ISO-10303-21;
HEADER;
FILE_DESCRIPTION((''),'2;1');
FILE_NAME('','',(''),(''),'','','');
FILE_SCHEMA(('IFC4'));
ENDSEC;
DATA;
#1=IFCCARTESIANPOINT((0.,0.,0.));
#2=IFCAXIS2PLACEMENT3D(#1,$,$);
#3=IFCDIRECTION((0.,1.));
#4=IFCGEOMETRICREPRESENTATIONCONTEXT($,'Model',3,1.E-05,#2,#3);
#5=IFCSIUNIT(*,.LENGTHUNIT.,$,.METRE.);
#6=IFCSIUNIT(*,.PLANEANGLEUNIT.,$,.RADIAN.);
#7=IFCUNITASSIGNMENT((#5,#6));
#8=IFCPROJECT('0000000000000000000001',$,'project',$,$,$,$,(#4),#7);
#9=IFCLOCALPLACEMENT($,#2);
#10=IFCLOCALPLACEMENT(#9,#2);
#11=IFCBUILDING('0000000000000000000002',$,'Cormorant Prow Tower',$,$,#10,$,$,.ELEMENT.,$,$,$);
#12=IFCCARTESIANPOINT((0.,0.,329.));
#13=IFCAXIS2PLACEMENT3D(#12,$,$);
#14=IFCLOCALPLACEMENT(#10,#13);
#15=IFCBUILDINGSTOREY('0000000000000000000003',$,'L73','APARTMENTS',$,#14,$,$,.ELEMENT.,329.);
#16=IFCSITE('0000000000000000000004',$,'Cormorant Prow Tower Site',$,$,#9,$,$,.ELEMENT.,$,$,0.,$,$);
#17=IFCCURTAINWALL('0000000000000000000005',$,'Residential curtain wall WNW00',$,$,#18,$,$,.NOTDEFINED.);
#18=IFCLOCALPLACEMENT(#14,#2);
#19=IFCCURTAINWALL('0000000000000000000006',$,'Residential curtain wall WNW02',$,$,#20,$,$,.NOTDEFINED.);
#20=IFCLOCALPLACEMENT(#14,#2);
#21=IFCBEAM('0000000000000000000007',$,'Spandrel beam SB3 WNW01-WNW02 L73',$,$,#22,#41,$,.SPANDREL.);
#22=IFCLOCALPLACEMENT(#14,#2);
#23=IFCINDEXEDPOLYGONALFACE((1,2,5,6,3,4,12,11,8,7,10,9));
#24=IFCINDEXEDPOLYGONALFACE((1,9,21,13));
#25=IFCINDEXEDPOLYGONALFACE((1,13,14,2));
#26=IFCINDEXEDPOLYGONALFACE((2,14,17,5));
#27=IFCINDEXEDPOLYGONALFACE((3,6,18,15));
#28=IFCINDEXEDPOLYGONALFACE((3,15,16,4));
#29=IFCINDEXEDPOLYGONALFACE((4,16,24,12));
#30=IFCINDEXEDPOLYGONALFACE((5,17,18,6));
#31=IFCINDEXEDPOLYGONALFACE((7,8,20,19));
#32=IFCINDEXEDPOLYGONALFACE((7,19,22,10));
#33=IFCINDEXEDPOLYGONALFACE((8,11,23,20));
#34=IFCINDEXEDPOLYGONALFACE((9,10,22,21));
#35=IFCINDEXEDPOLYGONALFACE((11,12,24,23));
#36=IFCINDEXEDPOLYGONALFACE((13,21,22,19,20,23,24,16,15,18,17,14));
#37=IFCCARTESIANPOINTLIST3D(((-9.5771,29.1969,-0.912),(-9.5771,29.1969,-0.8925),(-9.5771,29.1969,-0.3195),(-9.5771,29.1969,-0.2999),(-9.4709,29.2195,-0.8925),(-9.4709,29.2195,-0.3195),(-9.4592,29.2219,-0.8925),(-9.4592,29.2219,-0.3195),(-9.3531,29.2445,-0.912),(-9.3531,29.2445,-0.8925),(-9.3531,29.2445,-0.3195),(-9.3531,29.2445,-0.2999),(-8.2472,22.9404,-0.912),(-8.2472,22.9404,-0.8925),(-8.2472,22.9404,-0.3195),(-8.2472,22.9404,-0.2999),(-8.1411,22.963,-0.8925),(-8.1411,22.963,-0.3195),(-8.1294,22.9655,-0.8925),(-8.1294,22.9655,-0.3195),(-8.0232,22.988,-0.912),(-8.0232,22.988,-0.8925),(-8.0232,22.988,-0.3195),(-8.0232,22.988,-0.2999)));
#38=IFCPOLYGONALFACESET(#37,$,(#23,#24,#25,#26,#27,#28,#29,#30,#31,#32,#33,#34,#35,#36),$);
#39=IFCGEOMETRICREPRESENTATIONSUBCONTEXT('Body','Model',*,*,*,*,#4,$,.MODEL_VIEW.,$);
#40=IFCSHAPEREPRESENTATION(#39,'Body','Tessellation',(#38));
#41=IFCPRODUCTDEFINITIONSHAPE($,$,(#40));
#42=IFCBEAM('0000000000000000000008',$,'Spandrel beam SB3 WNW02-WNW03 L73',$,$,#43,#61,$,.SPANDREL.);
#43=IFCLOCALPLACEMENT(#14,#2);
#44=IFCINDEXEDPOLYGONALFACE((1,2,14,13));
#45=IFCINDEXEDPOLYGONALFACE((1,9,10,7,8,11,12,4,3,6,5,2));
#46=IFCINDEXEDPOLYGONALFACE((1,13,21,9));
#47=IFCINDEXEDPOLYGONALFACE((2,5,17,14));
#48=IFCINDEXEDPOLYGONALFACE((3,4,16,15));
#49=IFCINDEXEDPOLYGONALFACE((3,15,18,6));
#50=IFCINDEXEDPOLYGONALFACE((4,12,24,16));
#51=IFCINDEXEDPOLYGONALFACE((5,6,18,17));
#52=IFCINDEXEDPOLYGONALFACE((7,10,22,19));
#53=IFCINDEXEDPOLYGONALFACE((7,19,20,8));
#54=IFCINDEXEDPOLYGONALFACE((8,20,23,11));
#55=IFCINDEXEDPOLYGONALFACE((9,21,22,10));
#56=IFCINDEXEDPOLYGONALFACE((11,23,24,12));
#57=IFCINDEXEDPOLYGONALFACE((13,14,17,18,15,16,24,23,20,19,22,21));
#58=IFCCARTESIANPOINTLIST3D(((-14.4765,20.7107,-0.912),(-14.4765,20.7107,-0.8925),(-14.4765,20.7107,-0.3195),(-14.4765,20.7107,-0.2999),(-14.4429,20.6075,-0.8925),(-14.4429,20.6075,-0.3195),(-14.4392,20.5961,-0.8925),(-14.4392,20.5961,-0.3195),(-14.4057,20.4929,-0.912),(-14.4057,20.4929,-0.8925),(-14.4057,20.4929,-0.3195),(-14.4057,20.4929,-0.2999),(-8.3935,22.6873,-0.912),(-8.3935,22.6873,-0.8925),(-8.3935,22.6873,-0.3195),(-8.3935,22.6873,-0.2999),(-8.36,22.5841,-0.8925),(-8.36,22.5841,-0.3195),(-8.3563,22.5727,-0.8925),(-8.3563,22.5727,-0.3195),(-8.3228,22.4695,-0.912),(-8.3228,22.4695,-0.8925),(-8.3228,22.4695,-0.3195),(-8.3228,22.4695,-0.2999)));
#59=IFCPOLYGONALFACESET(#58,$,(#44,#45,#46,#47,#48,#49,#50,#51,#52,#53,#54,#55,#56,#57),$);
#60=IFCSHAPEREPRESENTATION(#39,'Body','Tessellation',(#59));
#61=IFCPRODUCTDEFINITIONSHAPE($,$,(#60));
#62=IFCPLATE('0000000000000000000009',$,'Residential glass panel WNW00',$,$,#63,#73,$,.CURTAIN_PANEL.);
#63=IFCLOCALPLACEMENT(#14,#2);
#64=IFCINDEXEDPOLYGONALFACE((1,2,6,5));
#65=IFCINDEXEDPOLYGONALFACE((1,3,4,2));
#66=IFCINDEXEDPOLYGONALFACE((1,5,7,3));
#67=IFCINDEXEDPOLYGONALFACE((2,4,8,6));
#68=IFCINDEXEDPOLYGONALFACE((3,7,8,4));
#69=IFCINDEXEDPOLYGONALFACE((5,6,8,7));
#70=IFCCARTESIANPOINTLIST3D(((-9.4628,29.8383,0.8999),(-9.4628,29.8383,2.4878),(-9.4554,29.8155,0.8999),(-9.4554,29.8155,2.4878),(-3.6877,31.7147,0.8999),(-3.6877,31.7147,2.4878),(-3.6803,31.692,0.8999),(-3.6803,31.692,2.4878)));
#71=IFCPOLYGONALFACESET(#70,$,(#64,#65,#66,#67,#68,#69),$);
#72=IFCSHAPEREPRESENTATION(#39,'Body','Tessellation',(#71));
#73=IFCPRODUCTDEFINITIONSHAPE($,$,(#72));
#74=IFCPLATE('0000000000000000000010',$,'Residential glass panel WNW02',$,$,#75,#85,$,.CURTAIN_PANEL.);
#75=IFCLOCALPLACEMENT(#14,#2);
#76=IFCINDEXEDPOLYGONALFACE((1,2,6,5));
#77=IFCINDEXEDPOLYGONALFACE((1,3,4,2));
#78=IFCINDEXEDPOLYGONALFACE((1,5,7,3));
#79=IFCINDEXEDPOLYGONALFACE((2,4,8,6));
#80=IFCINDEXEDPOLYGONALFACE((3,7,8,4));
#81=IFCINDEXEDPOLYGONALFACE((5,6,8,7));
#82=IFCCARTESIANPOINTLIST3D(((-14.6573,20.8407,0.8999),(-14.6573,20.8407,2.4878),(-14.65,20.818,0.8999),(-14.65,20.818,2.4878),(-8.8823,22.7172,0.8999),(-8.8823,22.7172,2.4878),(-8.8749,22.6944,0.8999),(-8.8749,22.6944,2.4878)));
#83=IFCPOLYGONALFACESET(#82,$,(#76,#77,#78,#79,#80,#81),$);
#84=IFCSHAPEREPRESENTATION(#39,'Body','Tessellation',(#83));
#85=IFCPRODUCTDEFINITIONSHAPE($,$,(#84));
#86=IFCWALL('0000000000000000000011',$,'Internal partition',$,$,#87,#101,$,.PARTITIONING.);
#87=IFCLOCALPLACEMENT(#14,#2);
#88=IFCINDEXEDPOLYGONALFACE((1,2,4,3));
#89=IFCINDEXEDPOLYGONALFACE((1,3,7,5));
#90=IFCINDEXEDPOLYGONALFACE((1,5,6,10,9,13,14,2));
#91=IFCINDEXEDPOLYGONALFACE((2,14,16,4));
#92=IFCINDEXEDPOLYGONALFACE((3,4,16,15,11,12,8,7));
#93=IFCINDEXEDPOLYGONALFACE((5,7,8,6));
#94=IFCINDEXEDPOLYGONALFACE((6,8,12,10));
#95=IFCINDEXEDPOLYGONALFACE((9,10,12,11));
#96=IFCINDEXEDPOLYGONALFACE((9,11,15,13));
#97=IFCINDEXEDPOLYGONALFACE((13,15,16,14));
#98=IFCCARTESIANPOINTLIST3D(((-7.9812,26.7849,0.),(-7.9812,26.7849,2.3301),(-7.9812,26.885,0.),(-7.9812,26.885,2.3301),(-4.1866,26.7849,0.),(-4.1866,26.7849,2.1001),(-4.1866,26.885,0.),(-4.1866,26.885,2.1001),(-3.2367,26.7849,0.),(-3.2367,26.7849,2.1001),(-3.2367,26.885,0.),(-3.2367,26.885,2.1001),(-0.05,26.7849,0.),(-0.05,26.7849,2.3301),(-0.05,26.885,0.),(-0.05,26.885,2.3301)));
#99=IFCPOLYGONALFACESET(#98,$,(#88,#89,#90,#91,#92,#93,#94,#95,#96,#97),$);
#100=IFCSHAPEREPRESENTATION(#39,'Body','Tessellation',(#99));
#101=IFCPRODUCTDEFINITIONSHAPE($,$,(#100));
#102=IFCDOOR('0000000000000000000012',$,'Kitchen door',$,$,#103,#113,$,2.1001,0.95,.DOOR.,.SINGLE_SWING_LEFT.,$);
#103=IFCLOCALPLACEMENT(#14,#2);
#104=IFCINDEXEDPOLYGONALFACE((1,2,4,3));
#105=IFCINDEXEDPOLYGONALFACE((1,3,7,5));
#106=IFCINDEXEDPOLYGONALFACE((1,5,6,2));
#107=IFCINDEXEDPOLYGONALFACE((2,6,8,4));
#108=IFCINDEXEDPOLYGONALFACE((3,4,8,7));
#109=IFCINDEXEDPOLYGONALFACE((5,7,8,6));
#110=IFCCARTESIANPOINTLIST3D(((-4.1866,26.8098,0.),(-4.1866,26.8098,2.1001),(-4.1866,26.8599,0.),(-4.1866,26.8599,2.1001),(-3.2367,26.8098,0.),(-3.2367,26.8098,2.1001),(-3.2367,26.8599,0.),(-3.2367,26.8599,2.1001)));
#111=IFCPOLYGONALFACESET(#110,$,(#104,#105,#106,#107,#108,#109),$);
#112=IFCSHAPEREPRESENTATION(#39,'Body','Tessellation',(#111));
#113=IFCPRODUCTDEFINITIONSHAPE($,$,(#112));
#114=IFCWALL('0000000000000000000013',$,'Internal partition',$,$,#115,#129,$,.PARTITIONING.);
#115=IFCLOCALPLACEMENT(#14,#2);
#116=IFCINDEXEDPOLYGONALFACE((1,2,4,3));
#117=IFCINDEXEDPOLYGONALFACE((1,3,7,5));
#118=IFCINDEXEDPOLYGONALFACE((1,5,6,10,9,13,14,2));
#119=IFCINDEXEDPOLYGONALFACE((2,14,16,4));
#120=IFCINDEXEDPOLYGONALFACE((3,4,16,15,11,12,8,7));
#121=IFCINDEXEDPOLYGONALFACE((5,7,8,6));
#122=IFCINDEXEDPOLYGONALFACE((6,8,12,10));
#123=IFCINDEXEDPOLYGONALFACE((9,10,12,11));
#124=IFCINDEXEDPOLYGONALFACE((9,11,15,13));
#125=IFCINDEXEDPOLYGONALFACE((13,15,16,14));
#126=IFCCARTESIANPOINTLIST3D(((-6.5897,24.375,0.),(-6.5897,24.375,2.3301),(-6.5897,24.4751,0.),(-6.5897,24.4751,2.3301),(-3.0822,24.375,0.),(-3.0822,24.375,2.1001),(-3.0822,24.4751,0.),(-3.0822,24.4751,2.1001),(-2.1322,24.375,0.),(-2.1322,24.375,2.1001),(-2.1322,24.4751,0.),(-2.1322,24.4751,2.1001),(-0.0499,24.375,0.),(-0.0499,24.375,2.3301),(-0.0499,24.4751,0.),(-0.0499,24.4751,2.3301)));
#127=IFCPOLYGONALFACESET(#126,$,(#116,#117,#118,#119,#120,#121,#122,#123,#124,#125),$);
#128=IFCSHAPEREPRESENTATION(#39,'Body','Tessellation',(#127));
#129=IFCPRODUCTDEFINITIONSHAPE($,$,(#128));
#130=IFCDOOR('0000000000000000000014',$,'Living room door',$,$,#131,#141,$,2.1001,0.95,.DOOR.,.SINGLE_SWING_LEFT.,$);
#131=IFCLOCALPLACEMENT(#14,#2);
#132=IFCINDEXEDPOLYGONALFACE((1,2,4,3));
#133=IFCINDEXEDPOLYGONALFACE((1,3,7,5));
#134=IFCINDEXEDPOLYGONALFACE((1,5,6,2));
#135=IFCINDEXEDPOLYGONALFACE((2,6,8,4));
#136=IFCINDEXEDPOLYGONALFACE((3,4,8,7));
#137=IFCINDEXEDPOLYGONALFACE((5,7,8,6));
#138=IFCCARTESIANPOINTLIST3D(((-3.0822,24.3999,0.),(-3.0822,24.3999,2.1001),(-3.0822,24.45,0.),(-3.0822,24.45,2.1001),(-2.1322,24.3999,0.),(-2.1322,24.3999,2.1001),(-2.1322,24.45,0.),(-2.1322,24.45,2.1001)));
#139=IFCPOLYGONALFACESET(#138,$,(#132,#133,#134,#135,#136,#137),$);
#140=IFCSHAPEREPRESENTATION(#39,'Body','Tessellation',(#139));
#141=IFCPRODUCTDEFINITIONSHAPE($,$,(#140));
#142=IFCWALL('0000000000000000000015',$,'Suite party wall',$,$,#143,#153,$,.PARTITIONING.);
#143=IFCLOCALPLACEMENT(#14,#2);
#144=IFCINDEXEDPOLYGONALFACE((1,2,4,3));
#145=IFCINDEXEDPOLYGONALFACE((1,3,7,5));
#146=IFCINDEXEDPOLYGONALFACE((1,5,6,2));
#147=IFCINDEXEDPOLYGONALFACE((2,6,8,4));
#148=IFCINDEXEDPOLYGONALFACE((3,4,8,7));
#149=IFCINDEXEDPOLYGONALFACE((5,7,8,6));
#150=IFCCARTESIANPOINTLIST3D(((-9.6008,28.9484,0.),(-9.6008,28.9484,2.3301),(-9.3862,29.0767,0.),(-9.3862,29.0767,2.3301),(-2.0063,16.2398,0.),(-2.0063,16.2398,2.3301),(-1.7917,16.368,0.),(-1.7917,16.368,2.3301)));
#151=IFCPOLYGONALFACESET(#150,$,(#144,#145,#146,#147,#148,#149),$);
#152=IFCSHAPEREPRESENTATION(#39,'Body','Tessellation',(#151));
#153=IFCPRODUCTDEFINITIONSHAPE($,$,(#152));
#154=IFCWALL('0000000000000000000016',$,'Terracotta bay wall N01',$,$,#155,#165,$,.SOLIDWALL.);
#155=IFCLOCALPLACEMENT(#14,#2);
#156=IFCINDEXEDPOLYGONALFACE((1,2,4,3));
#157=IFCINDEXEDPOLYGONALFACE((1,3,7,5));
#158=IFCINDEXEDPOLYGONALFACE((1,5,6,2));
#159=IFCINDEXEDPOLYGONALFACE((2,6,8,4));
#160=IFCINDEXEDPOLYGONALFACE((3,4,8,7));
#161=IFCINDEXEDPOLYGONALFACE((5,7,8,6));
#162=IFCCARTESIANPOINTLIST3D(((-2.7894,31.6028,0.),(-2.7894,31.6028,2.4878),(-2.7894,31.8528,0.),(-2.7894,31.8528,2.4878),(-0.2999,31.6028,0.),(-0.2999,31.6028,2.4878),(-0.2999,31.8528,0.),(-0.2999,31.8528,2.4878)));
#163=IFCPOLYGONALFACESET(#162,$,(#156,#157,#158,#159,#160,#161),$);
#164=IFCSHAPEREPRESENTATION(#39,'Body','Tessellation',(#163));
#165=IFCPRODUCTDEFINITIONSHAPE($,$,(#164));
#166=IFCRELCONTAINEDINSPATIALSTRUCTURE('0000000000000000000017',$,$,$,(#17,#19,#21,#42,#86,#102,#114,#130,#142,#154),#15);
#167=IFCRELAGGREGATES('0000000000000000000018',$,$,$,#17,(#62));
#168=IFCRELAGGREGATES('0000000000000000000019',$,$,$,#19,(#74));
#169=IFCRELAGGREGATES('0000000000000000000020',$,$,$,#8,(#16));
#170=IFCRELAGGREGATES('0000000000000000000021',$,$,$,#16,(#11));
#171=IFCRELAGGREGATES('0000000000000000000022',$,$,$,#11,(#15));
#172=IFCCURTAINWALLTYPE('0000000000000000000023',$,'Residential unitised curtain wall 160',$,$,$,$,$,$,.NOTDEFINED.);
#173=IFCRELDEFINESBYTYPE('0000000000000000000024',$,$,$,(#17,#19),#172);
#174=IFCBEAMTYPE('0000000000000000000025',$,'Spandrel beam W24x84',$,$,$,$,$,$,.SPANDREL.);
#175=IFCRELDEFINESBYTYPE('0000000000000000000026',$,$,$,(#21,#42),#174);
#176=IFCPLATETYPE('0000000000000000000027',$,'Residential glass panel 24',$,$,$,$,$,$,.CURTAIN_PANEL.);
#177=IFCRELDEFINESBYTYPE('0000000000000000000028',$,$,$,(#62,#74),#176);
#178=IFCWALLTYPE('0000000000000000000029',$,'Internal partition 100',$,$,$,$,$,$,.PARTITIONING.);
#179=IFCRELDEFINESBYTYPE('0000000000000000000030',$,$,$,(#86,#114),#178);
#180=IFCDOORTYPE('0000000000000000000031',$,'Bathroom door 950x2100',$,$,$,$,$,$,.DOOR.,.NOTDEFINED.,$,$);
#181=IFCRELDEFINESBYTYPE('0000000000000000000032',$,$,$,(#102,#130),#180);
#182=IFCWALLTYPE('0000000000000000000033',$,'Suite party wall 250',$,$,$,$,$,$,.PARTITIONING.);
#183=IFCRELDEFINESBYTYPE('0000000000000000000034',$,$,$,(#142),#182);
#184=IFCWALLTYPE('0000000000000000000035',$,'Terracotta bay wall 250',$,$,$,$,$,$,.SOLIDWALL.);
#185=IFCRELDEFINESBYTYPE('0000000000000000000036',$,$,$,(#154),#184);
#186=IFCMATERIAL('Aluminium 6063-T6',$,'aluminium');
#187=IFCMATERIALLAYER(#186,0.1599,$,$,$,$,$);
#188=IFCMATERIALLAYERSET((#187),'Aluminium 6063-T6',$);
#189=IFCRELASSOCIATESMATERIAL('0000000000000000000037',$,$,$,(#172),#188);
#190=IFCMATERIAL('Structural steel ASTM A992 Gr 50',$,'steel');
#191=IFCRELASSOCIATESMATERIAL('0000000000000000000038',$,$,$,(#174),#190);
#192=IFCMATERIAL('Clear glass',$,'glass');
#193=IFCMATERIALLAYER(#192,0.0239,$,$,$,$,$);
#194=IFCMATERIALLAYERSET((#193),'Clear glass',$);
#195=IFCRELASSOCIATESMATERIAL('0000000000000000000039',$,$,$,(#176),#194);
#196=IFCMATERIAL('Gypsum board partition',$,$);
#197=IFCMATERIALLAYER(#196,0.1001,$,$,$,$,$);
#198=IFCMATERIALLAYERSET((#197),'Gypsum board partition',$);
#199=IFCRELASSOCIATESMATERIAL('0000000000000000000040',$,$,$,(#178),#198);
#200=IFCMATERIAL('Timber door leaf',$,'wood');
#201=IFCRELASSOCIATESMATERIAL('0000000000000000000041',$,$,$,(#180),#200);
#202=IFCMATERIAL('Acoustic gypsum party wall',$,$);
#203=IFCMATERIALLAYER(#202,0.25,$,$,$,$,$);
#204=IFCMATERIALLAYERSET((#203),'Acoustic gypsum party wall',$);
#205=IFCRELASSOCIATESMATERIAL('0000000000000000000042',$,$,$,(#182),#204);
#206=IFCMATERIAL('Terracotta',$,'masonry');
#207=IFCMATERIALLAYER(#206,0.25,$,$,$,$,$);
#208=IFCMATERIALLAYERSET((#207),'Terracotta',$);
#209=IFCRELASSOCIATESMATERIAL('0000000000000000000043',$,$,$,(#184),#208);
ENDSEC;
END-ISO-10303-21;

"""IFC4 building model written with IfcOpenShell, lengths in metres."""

from ifc_helpers import new_model, si_unit, direction, frame, frame_2d, origin, origin_2d, place, context, subcontext, project, spatial, rectangle, i_section, extrude, material, layer, layer_set, material_profile, profile_set, type_object, element, fill, aggregate, save


model = new_model("IFC4")

# Units and contexts
model_context = context("Model", 3, precision=1e-05, world=origin(), true_north=direction((0.0, 1.0)))
body_context = subcontext(model_context, "Body", "Model", "MODEL_VIEW")
ifc_project = project(units=[si_unit("LENGTHUNIT", "METRE"), si_unit("PLANEANGLEUNIT", "RADIAN")], contexts=[model_context])

# Site, building, storey
site_placement = place(None, origin())
site = spatial("IfcSite", under=ifc_project, at=site_placement, Name="Cormorant Prow Tower Site", CompositionType="ELEMENT", RefElevation=0.0)
building_placement = place(site_placement, origin())
building = spatial("IfcBuilding", under=site, at=building_placement, Name="Cormorant Prow Tower", CompositionType="ELEMENT")
storey_placement = place(building_placement, frame((0.0, 0.0, 329.0)))
storey = spatial("IfcBuildingStorey", under=building, at=storey_placement, Name="L73", Description="APARTMENTS", CompositionType="ELEMENT", Elevation=329.0)

# Curtain walls
ifc_material_1 = material(Name="Aluminium 6063-T6", Category="aluminium")
ifc_layer_1 = layer(ifc_material_1, 0.1599)
ifc_layer_set_1 = layer_set([ifc_layer_1], Name="Aluminium 6063-T6")
curtain_wall_type = type_object("IfcCurtainWallType", Name="Residential unitised curtain wall 160", PredefinedType="NOTDEFINED", material=ifc_layer_set_1)
curtain_wall_1_placement = place(storey_placement, origin())
curtain_wall_1 = element("IfcCurtainWall", 1, at=curtain_wall_1_placement, inside=storey, type_object=curtain_wall_type, Name="Residential curtain wall WNW00", PredefinedType="NOTDEFINED")
curtain_wall_2_placement = place(storey_placement, origin())
curtain_wall_2 = element("IfcCurtainWall", 2, at=curtain_wall_2_placement, inside=storey, type_object=curtain_wall_type, Name="Residential curtain wall WNW02", PredefinedType="NOTDEFINED")

# Beams
ifc_material_2 = material(Name="Structural steel ASTM A992 Gr 50", Category="steel")
ifc_material_profile_1 = material_profile(ifc_material_2, i_section(OverallWidth=0.229, OverallDepth=0.6121, WebThickness=0.012, FlangeThickness=0.0195, at=origin_2d()), Name="W24x84")
ifc_profile_set_1 = profile_set([ifc_material_profile_1], Name="Structural steel ASTM A992 Gr 50")
beam_type = type_object("IfcBeamType", Name="Spandrel beam W24x84", PredefinedType="SPANDREL", material=ifc_profile_set_1)
beam_1_placement = place(storey_placement, frame((-9.4651, 29.2207, -0.606), z_axis=(0.207913, -0.978147, 0.0), x_axis=(0.978147, 0.207913, 0.0)))
element("IfcBeam", 3, at=beam_1_placement, inside=storey, type_object=beam_type, Name="Spandrel beam SB3 WNW01-WNW02 L73", PredefinedType="SPANDREL", context=body_context, shape_type="SweptSolid", body=[
    extrude(i_section(OverallWidth=0.229, OverallDepth=0.6121, WebThickness=0.012, FlangeThickness=0.0195, at=origin_2d()), origin(), (0.0, 0.0, 1.0), 6.3962),
])
beam_2_placement = place(storey_placement, frame((-8.3582, 22.5784, -0.606), z_axis=(-0.951053, -0.309027, 0.0), x_axis=(0.309027, -0.951053, 0.0)))
element("IfcBeam", 4, at=beam_2_placement, inside=storey, type_object=beam_type, Name="Spandrel beam SB3 WNW02-WNW03 L73", PredefinedType="SPANDREL", context=body_context, shape_type="SweptSolid", body=[
    extrude(i_section(OverallWidth=0.229, OverallDepth=0.6121, WebThickness=0.012, FlangeThickness=0.0195, at=origin_2d()), origin(), (0.0, 0.0, 1.0), 6.396),
])

# Plates
ifc_material_3 = material(Name="Clear glass", Category="glass")
ifc_layer_2 = layer(ifc_material_3, 0.0239)
ifc_layer_set_2 = layer_set([ifc_layer_2], Name="Clear glass")
plate_type = type_object("IfcPlateType", Name="Residential glass panel 24", PredefinedType="CURTAIN_PANEL", material=ifc_layer_set_2)
plate_1_placement = place(storey_placement, frame((-6.5715, 30.7651, 0.8999), z_axis=(0.0, 0.0, 1.0), x_axis=(-0.951057, -0.309017, 0.0)))
plate_1 = element("IfcPlate", 5, at=plate_1_placement, type_object=plate_type, Name="Residential glass panel WNW00", PredefinedType="CURTAIN_PANEL", context=body_context, shape_type="SweptSolid", body=[
    extrude(rectangle(XDim=6.0723, YDim=0.0239, at=origin_2d()), origin(), (0.0, 0.0, 1.0), 1.5879),
])
aggregate(curtain_wall_1, [plate_1])
plate_2_placement = place(storey_placement, frame((-11.7661, 21.7676, 0.8999), z_axis=(0.0, 0.0, 1.0), x_axis=(-0.951057, -0.309017, 0.0)))
plate_2 = element("IfcPlate", 6, at=plate_2_placement, type_object=plate_type, Name="Residential glass panel WNW02", PredefinedType="CURTAIN_PANEL", context=body_context, shape_type="SweptSolid", body=[
    extrude(rectangle(XDim=6.0723, YDim=0.0239, at=origin_2d()), origin(), (0.0, 0.0, 1.0), 1.5879),
])
aggregate(curtain_wall_2, [plate_2])

# Walls, openings, doors
ifc_material_4 = material(Name="Gypsum board partition")
ifc_layer_3 = layer(ifc_material_4, 0.1001)
ifc_layer_set_3 = layer_set([ifc_layer_3], Name="Gypsum board partition")
wall_type_1 = type_object("IfcWallType", Name="Internal partition 100", PredefinedType="PARTITIONING", material=ifc_layer_set_3)
wall_1_placement = place(storey_placement, frame((-7.9812, 26.835, 0.0), z_axis=(0.0, 0.0, 1.0), x_axis=(1.0, 0.0, 0.0)))
wall_1 = element("IfcWall", 7, at=wall_1_placement, inside=storey, type_object=wall_type_1, Name="Internal partition", PredefinedType="PARTITIONING", context=body_context, shape_type="SweptSolid", body=[
    extrude(rectangle(XDim=7.9312, YDim=0.1001, at=frame_2d((3.9656, 0.0))), origin(), (0.0, 0.0, 1.0), 2.3301),
])
opening_1_placement = place(wall_1_placement, frame((3.7944, 0.0, 0.0)))
opening_1 = element("IfcOpeningElement", 8, at=opening_1_placement, cuts=wall_1, PredefinedType="OPENING", context=body_context, shape_type="SweptSolid", body=[
    extrude(rectangle(XDim=0.95, YDim=2.1001, at=frame_2d((0.4751, 1.05))), frame((0.0, 0.0601, 0.0), z_axis=(0.0, -1.0, 0.0), x_axis=(1.0, 0.0, 0.0)), (0.0, 0.0, 1.0), 0.1201),
])
ifc_material_5 = material(Name="Timber door leaf", Category="wood")
door_type_1 = type_object("IfcDoorType", Name="Bathroom door 950x2100", OperationType="NOTDEFINED", PredefinedType="DOOR", material=ifc_material_5)
door_1_placement = place(opening_1_placement, origin())
door_1 = element("IfcDoor", 9, at=door_1_placement, inside=storey, type_object=door_type_1, Name="Kitchen door", OperationType="SINGLE_SWING_LEFT", OverallHeight=2.1001, OverallWidth=0.95, PredefinedType="DOOR", context=body_context, shape_type="SweptSolid", body=[
    extrude(rectangle(XDim=0.95, YDim=2.1001, at=frame_2d((0.4751, 1.05))), frame((0.0, 0.0249, 0.0), z_axis=(0.0, -1.0, 0.0), x_axis=(1.0, 0.0, 0.0)), (0.0, 0.0, 1.0), 0.05),
])
fill(opening_1, door_1)
wall_2_placement = place(storey_placement, frame((-6.5898, 24.425, 0.0), z_axis=(0.0, 0.0, 1.0), x_axis=(1.0, 0.0, 0.0)))
wall_2 = element("IfcWall", 10, at=wall_2_placement, inside=storey, type_object=wall_type_1, Name="Internal partition", PredefinedType="PARTITIONING", context=body_context, shape_type="SweptSolid", body=[
    extrude(rectangle(XDim=6.5398, YDim=0.1001, at=frame_2d((3.27, 0.0))), origin(), (0.0, 0.0, 1.0), 2.3301),
])
opening_2_placement = place(wall_2_placement, frame((3.5076, 0.0, 0.0)))
opening_2 = element("IfcOpeningElement", 11, at=opening_2_placement, cuts=wall_2, PredefinedType="OPENING", context=body_context, shape_type="SweptSolid", body=[
    extrude(rectangle(XDim=0.95, YDim=2.1001, at=frame_2d((0.4751, 1.05))), frame((0.0, 0.0601, 0.0), z_axis=(0.0, -1.0, 0.0), x_axis=(1.0, 0.0, 0.0)), (0.0, 0.0, 1.0), 0.1201),
])
door_2_placement = place(opening_2_placement, origin())
door_2 = element("IfcDoor", 12, at=door_2_placement, inside=storey, type_object=door_type_1, Name="Living room door", OperationType="SINGLE_SWING_LEFT", OverallHeight=2.1001, OverallWidth=0.95, PredefinedType="DOOR", context=body_context, shape_type="SweptSolid", body=[
    extrude(rectangle(XDim=0.95, YDim=2.1001, at=frame_2d((0.4751, 1.05))), frame((0.0, 0.0249, 0.0), z_axis=(0.0, -1.0, 0.0), x_axis=(1.0, 0.0, 0.0)), (0.0, 0.0, 1.0), 0.05),
])
fill(opening_2, door_2)

# Walls
ifc_material_6 = material(Name="Acoustic gypsum party wall")
ifc_layer_4 = layer(ifc_material_6, 0.25)
ifc_layer_set_4 = layer_set([ifc_layer_4], Name="Acoustic gypsum party wall")
wall_type_2 = type_object("IfcWallType", Name="Suite party wall 250", PredefinedType="PARTITIONING", material=ifc_layer_set_4)
wall_3_placement = place(storey_placement, frame((-9.4934, 29.0125, 0.0), z_axis=(0.0, 0.0, 1.0), x_axis=(0.512967, -0.858408, 0.0)))
element("IfcWall", 13, at=wall_3_placement, inside=storey, type_object=wall_type_2, Name="Suite party wall", PredefinedType="PARTITIONING", context=body_context, shape_type="SweptSolid", body=[
    extrude(rectangle(XDim=14.8049, YDim=0.25, at=frame_2d((7.4023, 0.0))), origin(), (0.0, 0.0, 1.0), 2.3301),
])
ifc_material_7 = material(Name="Terracotta", Category="masonry")
ifc_layer_5 = layer(ifc_material_7, 0.25)
ifc_layer_set_5 = layer_set([ifc_layer_5], Name="Terracotta")
wall_type_3 = type_object("IfcWallType", Name="Terracotta bay wall 250", PredefinedType="SOLIDWALL", material=ifc_layer_set_5)
wall_4_placement = place(storey_placement, frame((-0.3, 31.7278, 0.0), z_axis=(0.0, 0.0, 1.0), x_axis=(-1.0, 0.0, 0.0)))
element("IfcWall", 14, at=wall_4_placement, inside=storey, type_object=wall_type_3, Name="Terracotta bay wall N01", PredefinedType="SOLIDWALL", context=body_context, shape_type="SweptSolid", body=[
    extrude(rectangle(XDim=2.4895, YDim=0.25, at=frame_2d((1.2446, 0.0))), origin(), (0.0, 0.0, 1.0), 2.4878),
])

save(model, "model.ifc")
